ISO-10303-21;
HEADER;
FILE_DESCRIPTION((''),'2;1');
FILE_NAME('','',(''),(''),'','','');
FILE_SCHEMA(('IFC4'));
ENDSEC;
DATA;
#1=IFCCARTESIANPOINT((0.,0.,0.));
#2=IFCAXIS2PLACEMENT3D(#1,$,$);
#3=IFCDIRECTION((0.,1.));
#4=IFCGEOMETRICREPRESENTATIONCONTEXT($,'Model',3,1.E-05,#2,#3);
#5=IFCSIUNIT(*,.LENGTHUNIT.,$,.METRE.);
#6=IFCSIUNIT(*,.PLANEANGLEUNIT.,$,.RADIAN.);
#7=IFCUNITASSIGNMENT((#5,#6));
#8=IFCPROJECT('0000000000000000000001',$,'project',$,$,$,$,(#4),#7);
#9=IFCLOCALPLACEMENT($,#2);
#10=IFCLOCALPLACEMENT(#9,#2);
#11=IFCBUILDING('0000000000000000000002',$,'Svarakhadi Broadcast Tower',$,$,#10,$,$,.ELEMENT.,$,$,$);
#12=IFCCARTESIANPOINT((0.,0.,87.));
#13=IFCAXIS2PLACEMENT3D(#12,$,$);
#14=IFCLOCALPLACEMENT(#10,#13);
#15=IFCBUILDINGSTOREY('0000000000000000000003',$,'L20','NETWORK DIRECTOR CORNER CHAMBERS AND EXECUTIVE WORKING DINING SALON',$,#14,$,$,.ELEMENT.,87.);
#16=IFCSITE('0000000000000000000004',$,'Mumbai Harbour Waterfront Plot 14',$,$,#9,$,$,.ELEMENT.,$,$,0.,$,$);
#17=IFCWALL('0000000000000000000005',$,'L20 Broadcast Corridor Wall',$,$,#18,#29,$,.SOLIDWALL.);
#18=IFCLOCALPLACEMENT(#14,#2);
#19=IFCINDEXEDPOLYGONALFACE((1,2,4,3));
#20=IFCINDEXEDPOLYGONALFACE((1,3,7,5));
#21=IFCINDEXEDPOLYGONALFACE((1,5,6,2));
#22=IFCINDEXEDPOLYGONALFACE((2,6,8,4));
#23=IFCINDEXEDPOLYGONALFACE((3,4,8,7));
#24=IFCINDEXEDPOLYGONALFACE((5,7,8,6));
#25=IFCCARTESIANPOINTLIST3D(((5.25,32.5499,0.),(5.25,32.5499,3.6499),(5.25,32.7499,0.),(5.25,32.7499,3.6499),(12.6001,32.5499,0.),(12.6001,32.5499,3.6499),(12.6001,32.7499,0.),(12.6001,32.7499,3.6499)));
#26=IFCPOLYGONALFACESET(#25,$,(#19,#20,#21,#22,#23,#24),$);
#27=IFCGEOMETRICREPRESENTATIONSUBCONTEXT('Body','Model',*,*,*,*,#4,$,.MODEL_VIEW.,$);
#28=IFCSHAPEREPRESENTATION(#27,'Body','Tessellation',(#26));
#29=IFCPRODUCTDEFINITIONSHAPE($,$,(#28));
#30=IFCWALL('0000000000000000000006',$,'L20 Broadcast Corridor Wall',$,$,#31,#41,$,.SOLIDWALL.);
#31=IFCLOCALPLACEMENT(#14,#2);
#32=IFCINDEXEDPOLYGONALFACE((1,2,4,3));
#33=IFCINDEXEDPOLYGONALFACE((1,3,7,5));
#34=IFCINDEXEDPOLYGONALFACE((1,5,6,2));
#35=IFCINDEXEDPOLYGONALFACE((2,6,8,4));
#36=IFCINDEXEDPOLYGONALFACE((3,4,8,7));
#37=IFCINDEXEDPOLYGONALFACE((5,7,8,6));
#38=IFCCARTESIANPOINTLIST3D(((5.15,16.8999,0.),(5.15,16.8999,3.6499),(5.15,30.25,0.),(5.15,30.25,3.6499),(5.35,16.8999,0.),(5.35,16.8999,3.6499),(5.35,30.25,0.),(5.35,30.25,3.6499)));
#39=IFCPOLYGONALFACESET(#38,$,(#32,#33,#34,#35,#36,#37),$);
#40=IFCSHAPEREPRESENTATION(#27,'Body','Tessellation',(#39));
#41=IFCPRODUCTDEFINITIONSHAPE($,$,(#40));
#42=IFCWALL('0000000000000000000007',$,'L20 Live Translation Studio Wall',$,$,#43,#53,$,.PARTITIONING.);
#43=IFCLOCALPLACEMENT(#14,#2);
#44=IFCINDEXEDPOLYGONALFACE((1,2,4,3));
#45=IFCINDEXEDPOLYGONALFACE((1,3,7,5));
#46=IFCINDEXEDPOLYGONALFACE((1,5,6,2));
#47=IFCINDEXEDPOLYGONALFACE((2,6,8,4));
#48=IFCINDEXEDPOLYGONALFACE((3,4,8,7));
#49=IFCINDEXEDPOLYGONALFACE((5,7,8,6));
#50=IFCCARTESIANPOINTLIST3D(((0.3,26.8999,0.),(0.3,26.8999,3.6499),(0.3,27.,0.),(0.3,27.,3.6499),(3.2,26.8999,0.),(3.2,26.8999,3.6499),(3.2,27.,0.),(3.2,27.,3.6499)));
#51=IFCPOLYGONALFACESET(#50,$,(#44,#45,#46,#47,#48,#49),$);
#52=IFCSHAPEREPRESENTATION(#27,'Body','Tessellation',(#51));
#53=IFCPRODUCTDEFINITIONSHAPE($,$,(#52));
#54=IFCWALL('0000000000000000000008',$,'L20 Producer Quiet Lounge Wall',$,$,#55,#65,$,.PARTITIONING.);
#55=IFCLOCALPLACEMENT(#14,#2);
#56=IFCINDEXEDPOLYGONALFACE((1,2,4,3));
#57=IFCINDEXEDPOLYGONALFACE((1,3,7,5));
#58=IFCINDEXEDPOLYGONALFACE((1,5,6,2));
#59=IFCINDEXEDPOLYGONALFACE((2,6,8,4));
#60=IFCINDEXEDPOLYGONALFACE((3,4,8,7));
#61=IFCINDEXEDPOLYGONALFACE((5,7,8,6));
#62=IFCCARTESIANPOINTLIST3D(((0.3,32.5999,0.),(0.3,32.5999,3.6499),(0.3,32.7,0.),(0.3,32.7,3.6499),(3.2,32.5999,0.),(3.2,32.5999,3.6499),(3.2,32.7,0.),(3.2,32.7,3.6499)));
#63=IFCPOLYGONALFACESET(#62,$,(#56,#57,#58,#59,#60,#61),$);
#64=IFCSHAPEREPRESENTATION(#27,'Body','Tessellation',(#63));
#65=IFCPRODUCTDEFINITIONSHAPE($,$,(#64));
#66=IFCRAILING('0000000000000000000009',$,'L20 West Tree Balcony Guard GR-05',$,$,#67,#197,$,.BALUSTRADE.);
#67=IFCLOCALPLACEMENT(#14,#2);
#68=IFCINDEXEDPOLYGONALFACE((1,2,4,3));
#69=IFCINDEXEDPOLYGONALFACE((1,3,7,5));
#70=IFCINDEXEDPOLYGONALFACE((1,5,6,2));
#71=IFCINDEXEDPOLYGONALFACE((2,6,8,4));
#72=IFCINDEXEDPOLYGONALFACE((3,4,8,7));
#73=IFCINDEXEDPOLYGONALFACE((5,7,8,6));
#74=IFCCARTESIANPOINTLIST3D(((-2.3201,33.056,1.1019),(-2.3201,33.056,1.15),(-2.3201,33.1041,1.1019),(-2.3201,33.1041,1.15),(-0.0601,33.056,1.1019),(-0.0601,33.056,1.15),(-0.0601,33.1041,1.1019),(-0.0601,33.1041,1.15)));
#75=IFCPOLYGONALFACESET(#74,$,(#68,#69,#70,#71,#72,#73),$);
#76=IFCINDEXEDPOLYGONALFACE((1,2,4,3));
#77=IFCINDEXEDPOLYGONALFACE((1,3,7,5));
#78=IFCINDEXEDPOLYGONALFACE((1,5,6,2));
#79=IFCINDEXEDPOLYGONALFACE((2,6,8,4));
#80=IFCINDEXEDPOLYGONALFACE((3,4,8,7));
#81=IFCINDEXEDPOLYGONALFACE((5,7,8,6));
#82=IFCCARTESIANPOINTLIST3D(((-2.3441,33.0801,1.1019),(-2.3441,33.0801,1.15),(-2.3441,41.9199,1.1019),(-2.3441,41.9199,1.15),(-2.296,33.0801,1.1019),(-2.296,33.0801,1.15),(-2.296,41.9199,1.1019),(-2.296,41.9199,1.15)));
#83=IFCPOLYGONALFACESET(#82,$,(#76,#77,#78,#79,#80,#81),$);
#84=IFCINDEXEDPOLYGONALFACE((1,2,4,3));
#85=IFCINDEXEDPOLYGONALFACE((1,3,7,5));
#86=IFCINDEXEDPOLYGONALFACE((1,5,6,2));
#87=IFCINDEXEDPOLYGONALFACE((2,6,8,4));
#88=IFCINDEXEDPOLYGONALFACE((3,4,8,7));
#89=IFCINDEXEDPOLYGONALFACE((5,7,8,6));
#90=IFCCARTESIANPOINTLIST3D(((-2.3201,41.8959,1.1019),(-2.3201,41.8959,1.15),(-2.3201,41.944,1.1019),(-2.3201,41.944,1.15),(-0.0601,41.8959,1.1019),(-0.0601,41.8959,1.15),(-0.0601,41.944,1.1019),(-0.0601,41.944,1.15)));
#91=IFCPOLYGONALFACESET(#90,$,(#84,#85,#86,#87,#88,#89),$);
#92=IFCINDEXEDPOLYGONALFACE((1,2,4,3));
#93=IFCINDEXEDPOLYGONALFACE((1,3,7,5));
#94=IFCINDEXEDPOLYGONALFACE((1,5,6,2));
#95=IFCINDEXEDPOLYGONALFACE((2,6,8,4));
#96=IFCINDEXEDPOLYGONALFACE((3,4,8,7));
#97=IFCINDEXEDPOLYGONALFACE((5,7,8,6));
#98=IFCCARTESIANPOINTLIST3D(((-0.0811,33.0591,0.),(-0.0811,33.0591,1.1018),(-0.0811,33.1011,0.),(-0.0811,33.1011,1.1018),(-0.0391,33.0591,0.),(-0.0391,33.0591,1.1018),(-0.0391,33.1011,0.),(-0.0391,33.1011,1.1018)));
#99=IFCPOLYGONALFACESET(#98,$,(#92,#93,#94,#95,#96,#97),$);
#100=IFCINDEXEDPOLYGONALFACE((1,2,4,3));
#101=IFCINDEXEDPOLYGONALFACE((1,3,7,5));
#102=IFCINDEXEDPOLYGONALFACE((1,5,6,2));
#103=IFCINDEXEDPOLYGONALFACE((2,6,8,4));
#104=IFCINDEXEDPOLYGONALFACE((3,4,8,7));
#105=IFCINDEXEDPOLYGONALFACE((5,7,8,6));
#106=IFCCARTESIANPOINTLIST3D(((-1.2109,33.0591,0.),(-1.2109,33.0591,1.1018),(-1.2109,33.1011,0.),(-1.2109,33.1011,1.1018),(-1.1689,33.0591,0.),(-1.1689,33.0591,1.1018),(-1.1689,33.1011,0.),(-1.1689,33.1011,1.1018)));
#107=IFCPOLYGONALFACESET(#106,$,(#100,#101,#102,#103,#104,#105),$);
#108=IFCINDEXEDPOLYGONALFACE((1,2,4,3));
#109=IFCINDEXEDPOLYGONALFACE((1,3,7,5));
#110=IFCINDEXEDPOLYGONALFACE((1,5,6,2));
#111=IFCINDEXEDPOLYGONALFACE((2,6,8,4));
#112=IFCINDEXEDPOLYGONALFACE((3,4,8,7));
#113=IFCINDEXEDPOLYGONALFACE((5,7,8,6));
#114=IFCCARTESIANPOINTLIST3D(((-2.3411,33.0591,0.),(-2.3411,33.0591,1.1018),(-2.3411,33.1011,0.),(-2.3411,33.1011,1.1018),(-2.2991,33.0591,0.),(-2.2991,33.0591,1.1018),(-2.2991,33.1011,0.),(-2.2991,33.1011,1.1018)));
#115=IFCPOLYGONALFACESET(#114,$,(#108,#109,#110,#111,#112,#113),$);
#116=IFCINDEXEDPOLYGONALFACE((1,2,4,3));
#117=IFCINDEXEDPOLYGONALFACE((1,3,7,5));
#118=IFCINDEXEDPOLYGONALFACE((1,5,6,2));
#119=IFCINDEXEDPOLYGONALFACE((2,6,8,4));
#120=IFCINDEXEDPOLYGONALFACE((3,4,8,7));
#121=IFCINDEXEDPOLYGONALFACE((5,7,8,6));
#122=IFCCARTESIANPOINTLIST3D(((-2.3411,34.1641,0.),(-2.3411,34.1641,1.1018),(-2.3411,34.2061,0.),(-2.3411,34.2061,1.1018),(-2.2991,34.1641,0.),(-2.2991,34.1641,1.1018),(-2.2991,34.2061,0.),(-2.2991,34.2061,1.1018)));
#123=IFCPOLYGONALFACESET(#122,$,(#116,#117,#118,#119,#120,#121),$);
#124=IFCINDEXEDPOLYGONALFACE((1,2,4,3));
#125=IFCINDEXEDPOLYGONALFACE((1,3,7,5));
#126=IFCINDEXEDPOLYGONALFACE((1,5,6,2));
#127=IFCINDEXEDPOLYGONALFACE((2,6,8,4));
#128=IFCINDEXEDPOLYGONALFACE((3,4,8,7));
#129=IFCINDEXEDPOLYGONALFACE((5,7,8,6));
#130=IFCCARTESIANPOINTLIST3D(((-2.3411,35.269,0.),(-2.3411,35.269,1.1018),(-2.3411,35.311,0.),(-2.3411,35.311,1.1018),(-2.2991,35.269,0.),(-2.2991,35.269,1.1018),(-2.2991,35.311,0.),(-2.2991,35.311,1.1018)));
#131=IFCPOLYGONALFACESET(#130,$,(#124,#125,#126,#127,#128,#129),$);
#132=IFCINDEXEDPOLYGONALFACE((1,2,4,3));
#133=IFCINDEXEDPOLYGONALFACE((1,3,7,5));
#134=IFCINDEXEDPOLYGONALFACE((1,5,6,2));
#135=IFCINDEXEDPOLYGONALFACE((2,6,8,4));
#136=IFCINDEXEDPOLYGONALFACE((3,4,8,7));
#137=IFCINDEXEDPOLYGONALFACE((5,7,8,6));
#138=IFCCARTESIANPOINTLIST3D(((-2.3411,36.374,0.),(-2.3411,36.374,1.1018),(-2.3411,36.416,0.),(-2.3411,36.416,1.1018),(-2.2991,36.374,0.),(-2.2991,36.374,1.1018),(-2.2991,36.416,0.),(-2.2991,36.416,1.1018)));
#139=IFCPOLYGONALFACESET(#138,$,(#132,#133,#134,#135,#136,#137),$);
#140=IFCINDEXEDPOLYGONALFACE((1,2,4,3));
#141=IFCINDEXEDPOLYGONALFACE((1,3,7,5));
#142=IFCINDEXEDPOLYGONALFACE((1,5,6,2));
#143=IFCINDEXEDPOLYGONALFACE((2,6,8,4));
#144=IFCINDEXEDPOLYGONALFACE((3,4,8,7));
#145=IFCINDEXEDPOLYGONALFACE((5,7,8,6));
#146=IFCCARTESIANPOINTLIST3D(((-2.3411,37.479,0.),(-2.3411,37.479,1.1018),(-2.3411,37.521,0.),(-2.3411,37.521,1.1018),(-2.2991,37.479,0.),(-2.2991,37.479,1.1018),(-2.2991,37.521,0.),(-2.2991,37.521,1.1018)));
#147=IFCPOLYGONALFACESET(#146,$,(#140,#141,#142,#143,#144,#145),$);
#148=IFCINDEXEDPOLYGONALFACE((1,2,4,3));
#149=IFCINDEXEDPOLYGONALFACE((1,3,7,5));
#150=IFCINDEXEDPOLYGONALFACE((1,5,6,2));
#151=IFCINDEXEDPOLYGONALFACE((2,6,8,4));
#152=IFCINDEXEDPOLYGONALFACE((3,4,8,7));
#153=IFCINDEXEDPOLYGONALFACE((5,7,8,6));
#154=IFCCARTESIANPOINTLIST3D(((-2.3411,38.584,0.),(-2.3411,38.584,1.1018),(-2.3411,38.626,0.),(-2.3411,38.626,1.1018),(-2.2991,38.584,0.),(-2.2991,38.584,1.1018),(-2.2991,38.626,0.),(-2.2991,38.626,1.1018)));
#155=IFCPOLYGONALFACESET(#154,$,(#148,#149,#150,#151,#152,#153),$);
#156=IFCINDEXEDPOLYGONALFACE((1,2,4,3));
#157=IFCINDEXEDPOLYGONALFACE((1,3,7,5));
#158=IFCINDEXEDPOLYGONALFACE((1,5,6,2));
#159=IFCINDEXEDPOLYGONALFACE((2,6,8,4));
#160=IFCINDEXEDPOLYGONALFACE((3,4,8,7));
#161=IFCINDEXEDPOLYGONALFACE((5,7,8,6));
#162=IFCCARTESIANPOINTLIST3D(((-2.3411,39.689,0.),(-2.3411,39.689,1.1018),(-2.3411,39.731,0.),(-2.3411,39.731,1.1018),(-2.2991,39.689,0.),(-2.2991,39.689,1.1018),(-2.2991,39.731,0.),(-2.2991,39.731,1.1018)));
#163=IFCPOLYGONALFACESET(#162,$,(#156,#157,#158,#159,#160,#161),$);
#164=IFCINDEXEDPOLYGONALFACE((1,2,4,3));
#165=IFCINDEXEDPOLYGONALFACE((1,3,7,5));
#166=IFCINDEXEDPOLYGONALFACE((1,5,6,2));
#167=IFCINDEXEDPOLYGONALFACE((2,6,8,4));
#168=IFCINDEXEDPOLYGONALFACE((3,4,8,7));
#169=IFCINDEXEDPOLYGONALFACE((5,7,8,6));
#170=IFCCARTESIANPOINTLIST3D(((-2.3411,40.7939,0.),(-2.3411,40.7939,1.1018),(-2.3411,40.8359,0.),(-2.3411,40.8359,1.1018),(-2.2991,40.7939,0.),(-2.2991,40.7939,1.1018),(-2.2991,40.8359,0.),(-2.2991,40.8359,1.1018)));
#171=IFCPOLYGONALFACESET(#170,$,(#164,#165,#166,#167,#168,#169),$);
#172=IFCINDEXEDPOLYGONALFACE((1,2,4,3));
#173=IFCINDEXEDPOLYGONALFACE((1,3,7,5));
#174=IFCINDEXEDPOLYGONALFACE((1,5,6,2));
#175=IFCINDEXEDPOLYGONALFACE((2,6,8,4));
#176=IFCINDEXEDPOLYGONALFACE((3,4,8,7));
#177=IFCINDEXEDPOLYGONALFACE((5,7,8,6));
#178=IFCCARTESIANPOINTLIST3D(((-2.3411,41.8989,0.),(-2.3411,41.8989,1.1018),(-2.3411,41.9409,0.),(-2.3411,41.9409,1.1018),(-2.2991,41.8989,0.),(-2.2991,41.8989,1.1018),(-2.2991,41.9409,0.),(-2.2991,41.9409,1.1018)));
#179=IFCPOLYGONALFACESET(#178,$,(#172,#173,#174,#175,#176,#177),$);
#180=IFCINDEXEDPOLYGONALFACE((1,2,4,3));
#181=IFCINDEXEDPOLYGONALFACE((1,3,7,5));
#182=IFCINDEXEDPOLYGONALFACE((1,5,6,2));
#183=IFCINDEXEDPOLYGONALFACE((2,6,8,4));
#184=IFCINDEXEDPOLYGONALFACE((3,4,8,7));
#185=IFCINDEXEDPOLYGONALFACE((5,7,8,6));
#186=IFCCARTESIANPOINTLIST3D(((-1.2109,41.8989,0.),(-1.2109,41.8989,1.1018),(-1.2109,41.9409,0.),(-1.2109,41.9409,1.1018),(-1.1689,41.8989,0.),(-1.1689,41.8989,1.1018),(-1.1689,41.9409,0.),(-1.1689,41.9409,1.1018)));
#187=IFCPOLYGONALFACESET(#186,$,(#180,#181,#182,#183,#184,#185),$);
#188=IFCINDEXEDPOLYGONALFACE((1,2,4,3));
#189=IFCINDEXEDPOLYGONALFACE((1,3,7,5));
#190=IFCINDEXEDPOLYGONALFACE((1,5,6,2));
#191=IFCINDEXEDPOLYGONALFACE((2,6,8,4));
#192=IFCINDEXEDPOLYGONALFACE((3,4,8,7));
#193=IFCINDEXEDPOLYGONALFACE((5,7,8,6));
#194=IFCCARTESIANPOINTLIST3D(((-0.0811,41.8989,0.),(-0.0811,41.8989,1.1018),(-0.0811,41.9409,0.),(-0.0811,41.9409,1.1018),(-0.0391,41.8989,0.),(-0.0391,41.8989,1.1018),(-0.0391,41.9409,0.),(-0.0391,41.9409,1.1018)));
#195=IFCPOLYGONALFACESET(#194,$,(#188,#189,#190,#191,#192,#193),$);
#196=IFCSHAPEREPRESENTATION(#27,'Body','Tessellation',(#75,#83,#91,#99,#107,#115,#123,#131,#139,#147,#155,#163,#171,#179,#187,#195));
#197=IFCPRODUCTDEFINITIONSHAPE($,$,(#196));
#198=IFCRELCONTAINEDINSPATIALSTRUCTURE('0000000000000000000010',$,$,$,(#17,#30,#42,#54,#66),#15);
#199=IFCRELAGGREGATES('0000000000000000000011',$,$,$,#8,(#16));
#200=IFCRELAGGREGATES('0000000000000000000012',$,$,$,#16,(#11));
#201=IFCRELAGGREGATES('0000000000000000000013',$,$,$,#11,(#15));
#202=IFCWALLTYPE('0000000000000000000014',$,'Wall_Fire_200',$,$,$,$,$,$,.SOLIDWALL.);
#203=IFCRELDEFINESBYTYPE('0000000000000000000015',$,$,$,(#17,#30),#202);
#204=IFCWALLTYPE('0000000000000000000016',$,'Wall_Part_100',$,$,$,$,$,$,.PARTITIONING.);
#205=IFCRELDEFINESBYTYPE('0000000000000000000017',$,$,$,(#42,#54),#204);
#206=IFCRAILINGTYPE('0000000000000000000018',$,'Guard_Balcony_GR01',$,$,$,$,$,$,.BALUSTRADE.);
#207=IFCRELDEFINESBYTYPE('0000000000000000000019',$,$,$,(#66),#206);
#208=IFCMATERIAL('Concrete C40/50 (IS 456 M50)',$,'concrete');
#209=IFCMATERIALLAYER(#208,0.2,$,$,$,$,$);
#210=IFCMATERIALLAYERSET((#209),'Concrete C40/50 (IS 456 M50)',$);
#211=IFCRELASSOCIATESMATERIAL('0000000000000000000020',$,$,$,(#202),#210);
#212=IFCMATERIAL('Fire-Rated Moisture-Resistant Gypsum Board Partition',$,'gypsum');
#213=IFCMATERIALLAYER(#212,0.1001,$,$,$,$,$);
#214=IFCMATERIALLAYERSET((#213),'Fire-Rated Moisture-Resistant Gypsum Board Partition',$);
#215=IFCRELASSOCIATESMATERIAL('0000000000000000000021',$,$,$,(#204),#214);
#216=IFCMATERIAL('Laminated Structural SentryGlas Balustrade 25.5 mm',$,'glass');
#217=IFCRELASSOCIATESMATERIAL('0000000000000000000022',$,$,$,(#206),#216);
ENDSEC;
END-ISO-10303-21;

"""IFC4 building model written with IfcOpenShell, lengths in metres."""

from ifc_helpers import new_model, si_unit, direction, frame, frame_2d, origin, origin_2d, place, context, subcontext, project, spatial, rectangle, extrude, material, layer, layer_set, type_object, element, save


model = new_model("IFC4")

# Units and contexts
model_context = context("Model", 3, precision=1e-05, world=origin(), true_north=direction((0.0, 1.0)))
body_context = subcontext(model_context, "Body", "Model", "MODEL_VIEW")
ifc_project = project(units=[si_unit("LENGTHUNIT", "METRE"), si_unit("PLANEANGLEUNIT", "RADIAN")], contexts=[model_context])

# Site, building, storey
site_placement = place(None, origin())
site = spatial("IfcSite", under=ifc_project, at=site_placement, Name="Mumbai Harbour Waterfront Plot 14", CompositionType="ELEMENT", RefElevation=0.0)
building_placement = place(site_placement, origin())
building = spatial("IfcBuilding", under=site, at=building_placement, Name="Svarakhadi Broadcast Tower", CompositionType="ELEMENT")
storey_placement = place(building_placement, frame((0.0, 0.0, 87.0)))
storey = spatial("IfcBuildingStorey", under=building, at=storey_placement, Name="L20", Description="NETWORK DIRECTOR CORNER CHAMBERS AND EXECUTIVE WORKING DINING SALON", CompositionType="ELEMENT", Elevation=87.0)

# Shared definitions
ifc_material_1 = material(Name="Concrete C40/50 (IS 456 M50)", Category="concrete")

# Walls
ifc_layer_1 = layer(ifc_material_1, 0.2)
ifc_layer_set_1 = layer_set([ifc_layer_1], Name="Concrete C40/50 (IS 456 M50)")
wall_type_1 = type_object("IfcWallType", Name="Wall_Fire_200", PredefinedType="SOLIDWALL", material=ifc_layer_set_1)
wall_1_placement = place(storey_placement, frame((5.25, 32.6499, 0.0), z_axis=(0.0, 0.0, 1.0), x_axis=(1.0, 0.0, 0.0)))
element("IfcWall", 1, at=wall_1_placement, inside=storey, type_object=wall_type_1, Name="L20 Broadcast Corridor Wall", PredefinedType="SOLIDWALL", context=body_context, shape_type="SweptSolid", body=[
    extrude(rectangle(XDim=7.3501, YDim=0.2, at=frame_2d((3.675, 0.0))), origin(), (0.0, 0.0, 1.0), 3.6499),
])
wall_2_placement = place(storey_placement, frame((5.25, 30.25, 0.0), z_axis=(0.0, 0.0, 1.0), x_axis=(0.0, -1.0, 0.0)))
element("IfcWall", 2, at=wall_2_placement, inside=storey, type_object=wall_type_1, Name="L20 Broadcast Corridor Wall", PredefinedType="SOLIDWALL", context=body_context, shape_type="SweptSolid", body=[
    extrude(rectangle(XDim=13.3501, YDim=0.2, at=frame_2d((6.675, 0.0))), origin(), (0.0, 0.0, 1.0), 3.6499),
])
ifc_material_2 = material(Name="Fire-Rated Moisture-Resistant Gypsum Board Partition", Category="gypsum")
ifc_layer_2 = layer(ifc_material_2, 0.1001)
ifc_layer_set_2 = layer_set([ifc_layer_2], Name="Fire-Rated Moisture-Resistant Gypsum Board Partition")
wall_type_2 = type_object("IfcWallType", Name="Wall_Part_100", PredefinedType="PARTITIONING", material=ifc_layer_set_2)
for number, where, z_axis, x_axis, name in (
    (3, (0.3, 26.95, 0.0), (0.0, 0.0, 1.0), (1.0, 0.0, 0.0), "L20 Live Translation Studio Wall"),
    (4, (0.3, 32.6499, 0.0), (0.0, 0.0, 1.0), (1.0, 0.0, 0.0), "L20 Producer Quiet Lounge Wall"),
):
    element("IfcWall", number, at=place(storey_placement, frame(where, z_axis=z_axis, x_axis=x_axis)), inside=storey, type_object=wall_type_2, Name=name, PredefinedType="PARTITIONING", context=body_context, shape_type="SweptSolid", body=[
        extrude(rectangle(XDim=2.8999, YDim=0.1001, at=frame_2d((1.45, 0.0))), origin(), (0.0, 0.0, 1.0), 3.6499),
    ])

# Railing
ifc_material_3 = material(Name="Laminated Structural SentryGlas Balustrade 25.5 mm", Category="glass")
railing_type = type_object("IfcRailingType", Name="Guard_Balcony_GR01", PredefinedType="BALUSTRADE", material=ifc_material_3)
railing_placement = place(storey_placement, frame((-0.0601, 33.0801, 0.0)))
element("IfcRailing", 5, at=railing_placement, inside=storey, type_object=railing_type, Name="L20 West Tree Balcony Guard GR-05", PredefinedType="BALUSTRADE", context=body_context, shape_type="SweptSolid", body=[
    extrude(rectangle(XDim=0.0481, YDim=0.0481, at=origin_2d()), frame((0.0, 0.0, 1.126), z_axis=(-1.0, 0.0, 0.0), x_axis=(0.0, -1.0, 0.0)), (0.0, 0.0, 1.0), 2.26),
    extrude(rectangle(XDim=0.0481, YDim=0.0481, at=origin_2d()), frame((-2.26, 0.0, 1.126), z_axis=(0.0, 1.0, 0.0), x_axis=(-1.0, 0.0, 0.0)), (0.0, 0.0, 1.0), 8.8398),
    extrude(rectangle(XDim=0.0481, YDim=0.0481, at=origin_2d()), frame((-2.26, 8.8398, 1.126), z_axis=(1.0, 0.0, 0.0), x_axis=(0.0, 1.0, 0.0)), (0.0, 0.0, 1.0), 2.26),
    extrude(rectangle(XDim=0.042, YDim=0.042, at=origin_2d()), origin(), (0.0, 0.0, 1.0), 1.1018),
    extrude(rectangle(XDim=0.042, YDim=0.042, at=origin_2d()), frame((-1.1299, 0.0, 0.0)), (0.0, 0.0, 1.0), 1.1018),
    extrude(rectangle(XDim=0.042, YDim=0.042, at=origin_2d()), frame((-2.26, 0.0, 0.0)), (0.0, 0.0, 1.0), 1.1018),
    extrude(rectangle(XDim=0.042, YDim=0.042, at=origin_2d()), frame((-2.26, 1.105, 0.0)), (0.0, 0.0, 1.0), 1.1018),
    extrude(rectangle(XDim=0.042, YDim=0.042, at=origin_2d()), frame((-2.26, 2.21, 0.0)), (0.0, 0.0, 1.0), 1.1018),
    extrude(rectangle(XDim=0.042, YDim=0.042, at=origin_2d()), frame((-2.26, 3.3149, 0.0)), (0.0, 0.0, 1.0), 1.1018),
    extrude(rectangle(XDim=0.042, YDim=0.042, at=origin_2d()), frame((-2.26, 4.4199, 0.0)), (0.0, 0.0, 1.0), 1.1018),
    extrude(rectangle(XDim=0.042, YDim=0.042, at=origin_2d()), frame((-2.26, 5.5249, 0.0)), (0.0, 0.0, 1.0), 1.1018),
    extrude(rectangle(XDim=0.042, YDim=0.042, at=origin_2d()), frame((-2.26, 6.6299, 0.0)), (0.0, 0.0, 1.0), 1.1018),
    extrude(rectangle(XDim=0.042, YDim=0.042, at=origin_2d()), frame((-2.26, 7.7349, 0.0)), (0.0, 0.0, 1.0), 1.1018),
    extrude(rectangle(XDim=0.042, YDim=0.042, at=origin_2d()), frame((-2.26, 8.8398, 0.0)), (0.0, 0.0, 1.0), 1.1018),
    extrude(rectangle(XDim=0.042, YDim=0.042, at=origin_2d()), frame((-1.1299, 8.8398, 0.0)), (0.0, 0.0, 1.0), 1.1018),
    extrude(rectangle(XDim=0.042, YDim=0.042, at=origin_2d()), frame((0.0, 8.8398, 0.0)), (0.0, 0.0, 1.0), 1.1018),
])

save(model, "model.ifc")
